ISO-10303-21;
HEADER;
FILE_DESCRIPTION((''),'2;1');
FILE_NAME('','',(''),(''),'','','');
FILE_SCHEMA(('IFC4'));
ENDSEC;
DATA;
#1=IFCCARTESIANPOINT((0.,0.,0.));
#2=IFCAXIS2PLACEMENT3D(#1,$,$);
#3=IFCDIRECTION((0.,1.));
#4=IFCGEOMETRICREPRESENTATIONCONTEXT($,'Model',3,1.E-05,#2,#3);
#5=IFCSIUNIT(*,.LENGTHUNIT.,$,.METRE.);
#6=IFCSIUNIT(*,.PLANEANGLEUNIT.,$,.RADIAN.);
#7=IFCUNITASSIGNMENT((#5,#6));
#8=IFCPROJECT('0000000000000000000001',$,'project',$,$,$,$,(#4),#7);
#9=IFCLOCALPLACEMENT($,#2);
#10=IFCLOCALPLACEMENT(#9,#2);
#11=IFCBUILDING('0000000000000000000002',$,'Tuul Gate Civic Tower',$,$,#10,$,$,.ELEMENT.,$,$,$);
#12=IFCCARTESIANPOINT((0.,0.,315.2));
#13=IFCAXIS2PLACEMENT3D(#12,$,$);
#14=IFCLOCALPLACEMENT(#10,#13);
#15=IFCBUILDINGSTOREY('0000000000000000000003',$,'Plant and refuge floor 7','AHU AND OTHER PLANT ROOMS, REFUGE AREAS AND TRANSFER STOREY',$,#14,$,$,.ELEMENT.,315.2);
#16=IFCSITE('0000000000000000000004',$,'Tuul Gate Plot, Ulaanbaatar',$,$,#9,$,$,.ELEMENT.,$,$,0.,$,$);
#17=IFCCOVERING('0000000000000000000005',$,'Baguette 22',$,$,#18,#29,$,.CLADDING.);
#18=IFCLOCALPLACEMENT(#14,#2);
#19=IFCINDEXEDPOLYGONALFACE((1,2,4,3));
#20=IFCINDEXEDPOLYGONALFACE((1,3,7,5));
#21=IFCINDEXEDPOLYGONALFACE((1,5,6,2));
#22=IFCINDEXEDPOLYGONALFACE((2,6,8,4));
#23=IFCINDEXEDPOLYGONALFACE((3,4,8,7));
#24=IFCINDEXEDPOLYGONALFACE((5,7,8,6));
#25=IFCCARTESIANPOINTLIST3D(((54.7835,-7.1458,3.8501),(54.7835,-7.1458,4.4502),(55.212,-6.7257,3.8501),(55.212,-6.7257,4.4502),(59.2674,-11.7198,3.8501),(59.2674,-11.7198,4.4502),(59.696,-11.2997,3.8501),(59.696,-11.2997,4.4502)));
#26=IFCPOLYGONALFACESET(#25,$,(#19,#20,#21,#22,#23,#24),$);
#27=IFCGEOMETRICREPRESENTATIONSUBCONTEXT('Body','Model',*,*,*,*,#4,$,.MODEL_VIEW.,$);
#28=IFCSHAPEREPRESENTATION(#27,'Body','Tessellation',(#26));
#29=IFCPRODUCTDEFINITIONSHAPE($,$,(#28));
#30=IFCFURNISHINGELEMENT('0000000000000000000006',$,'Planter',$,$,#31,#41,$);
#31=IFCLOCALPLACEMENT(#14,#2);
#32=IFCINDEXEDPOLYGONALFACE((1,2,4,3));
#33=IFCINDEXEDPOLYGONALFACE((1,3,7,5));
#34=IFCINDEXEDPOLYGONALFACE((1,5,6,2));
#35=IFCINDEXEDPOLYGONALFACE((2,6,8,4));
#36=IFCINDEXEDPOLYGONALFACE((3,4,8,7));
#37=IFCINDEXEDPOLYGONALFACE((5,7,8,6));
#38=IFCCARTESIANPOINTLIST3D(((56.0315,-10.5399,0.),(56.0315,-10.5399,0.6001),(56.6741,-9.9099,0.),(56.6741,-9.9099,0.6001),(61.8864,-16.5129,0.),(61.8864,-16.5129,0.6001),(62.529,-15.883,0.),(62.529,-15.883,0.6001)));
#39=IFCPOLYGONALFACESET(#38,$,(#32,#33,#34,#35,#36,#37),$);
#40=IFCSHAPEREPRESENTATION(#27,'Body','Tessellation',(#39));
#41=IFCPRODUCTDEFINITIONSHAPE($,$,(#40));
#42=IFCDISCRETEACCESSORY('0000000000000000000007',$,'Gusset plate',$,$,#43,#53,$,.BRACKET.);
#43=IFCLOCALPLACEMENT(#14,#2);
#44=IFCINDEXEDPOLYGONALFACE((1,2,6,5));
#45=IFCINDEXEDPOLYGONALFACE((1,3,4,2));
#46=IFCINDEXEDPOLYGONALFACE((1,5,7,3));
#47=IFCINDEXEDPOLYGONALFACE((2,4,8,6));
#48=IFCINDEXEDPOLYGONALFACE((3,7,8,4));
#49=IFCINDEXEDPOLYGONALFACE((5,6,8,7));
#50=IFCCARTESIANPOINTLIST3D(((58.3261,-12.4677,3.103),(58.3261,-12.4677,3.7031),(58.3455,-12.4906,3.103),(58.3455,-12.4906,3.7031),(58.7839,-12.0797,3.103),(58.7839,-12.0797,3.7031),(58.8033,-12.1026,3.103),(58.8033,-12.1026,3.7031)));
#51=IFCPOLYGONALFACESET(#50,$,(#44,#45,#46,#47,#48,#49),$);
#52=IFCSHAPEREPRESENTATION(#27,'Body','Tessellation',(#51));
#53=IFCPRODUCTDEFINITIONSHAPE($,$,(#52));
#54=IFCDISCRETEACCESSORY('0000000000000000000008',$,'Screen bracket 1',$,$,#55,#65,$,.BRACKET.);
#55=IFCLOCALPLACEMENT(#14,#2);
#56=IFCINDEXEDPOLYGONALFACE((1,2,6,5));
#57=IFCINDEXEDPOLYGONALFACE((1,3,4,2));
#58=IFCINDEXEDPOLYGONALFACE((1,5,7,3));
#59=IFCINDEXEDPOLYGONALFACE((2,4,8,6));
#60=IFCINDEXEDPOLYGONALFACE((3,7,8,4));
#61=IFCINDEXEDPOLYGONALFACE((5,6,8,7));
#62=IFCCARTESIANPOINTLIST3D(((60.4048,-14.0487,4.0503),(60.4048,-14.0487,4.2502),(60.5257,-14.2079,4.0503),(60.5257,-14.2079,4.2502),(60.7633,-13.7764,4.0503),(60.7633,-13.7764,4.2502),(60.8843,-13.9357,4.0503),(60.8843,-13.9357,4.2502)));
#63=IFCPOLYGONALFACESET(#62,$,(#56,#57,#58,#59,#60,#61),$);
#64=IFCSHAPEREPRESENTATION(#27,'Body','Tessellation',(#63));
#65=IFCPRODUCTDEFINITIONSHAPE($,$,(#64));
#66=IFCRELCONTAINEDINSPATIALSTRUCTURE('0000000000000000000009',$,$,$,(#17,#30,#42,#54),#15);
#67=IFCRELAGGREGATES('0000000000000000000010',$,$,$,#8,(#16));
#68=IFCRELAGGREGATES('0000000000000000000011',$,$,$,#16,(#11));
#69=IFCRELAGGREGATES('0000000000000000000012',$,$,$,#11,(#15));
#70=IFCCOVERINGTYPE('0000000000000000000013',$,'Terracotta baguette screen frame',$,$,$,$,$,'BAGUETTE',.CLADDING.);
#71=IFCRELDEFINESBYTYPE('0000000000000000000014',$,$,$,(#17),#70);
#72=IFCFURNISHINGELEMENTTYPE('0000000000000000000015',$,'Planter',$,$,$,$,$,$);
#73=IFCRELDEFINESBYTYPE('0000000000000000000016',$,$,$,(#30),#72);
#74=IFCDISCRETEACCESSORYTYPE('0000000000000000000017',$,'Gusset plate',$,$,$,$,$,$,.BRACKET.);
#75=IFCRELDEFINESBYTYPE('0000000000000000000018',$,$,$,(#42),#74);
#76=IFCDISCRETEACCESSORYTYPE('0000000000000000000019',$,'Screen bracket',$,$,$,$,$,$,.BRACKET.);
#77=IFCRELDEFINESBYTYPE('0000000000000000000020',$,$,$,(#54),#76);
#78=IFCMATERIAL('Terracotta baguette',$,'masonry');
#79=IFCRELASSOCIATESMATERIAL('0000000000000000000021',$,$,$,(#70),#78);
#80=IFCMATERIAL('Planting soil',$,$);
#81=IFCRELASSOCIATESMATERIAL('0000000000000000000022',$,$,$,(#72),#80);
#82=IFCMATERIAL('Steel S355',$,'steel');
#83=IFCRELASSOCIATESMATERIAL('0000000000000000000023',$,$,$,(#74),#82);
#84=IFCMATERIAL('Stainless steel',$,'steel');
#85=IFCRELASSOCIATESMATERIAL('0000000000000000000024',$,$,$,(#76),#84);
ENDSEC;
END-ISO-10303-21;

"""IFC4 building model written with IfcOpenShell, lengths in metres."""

from ifc_helpers import new_model, si_unit, direction, frame, origin, origin_2d, place, context, subcontext, project, spatial, rectangle, extrude, material, material_profile, profile_set, type_object, element, save


model = new_model("IFC4")

# Units and contexts
model_context = context("Model", 3, precision=1e-05, world=origin(), true_north=direction((0.0, 1.0)))
body_context = subcontext(model_context, "Body", "Model", "MODEL_VIEW")
ifc_project = project(units=[si_unit("LENGTHUNIT", "METRE"), si_unit("PLANEANGLEUNIT", "RADIAN")], contexts=[model_context])

# Site, building, storey
site_placement = place(None, origin())
site = spatial("IfcSite", under=ifc_project, at=site_placement, Name="Tuul Gate Plot, Ulaanbaatar", CompositionType="ELEMENT", RefElevation=0.0)
building_placement = place(site_placement, origin())
building = spatial("IfcBuilding", under=site, at=building_placement, Name="Tuul Gate Civic Tower", CompositionType="ELEMENT")
storey_placement = place(building_placement, frame((0.0, 0.0, 315.2)))
storey = spatial("IfcBuildingStorey", under=building, at=storey_placement, Name="Plant and refuge floor 7", Description="AHU AND OTHER PLANT ROOMS, REFUGE AREAS AND TRANSFER STOREY", CompositionType="ELEMENT", Elevation=315.2)

# Covering
ifc_material_1 = material(Name="Terracotta baguette", Category="masonry")
ifc_material_profile_1 = material_profile(ifc_material_1, rectangle(XDim=0.6001, YDim=0.6001, at=origin_2d()), Name="Terracotta baguette screen frame")
ifc_profile_set_1 = profile_set([ifc_material_profile_1], Name="Terracotta baguette")
covering_type = type_object("IfcCoveringType", Name="Terracotta baguette screen frame", ElementType="BAGUETTE", PredefinedType="CLADDING", material=ifc_profile_set_1)
covering_1_placement = place(storey_placement, frame((59.4817, -11.5098, 4.1501), z_axis=(-0.700039, 0.714104, 0.0), x_axis=(-0.714104, -0.700039, 0.0)))
element("IfcCovering", 1, at=covering_1_placement, inside=storey, type_object=covering_type, Name="Baguette 22", PredefinedType="CLADDING", context=body_context, shape_type="SweptSolid", body=[
    extrude(rectangle(XDim=0.6001, YDim=0.6001, at=origin_2d()), origin(), (0.0, 0.0, 1.0), 6.4053),
])

# Furnishing element
ifc_material_2 = material(Name="Planting soil")
furnishing_element_type = type_object("IfcFurnishingElementType", Name="Planter", material=ifc_material_2)
furnishing_placement = place(storey_placement, frame((59.2803, -13.2114, 0.0), z_axis=(0.0, 0.0, 1.0), x_axis=(-0.700011, 0.714132, 0.0)))
element("IfcFurnishingElement", 2, at=furnishing_placement, inside=storey, type_object=furnishing_element_type, Name="Planter", context=body_context, shape_type="SweptSolid", body=[
    extrude(rectangle(XDim=8.364, YDim=0.8999, at=origin_2d()), origin(), (0.0, 0.0, 1.0), 0.6001),
])

# Discrete accessories
ifc_material_3 = material(Name="Steel S355", Category="steel")
discrete_accessory_type_1 = type_object("IfcDiscreteAccessoryType", Name="Gusset plate", PredefinedType="BRACKET", material=ifc_material_3)
discrete_accessory_1_placement = place(storey_placement, frame((58.5647, -12.2852, 3.103), z_axis=(0.0, 0.0, 1.0), x_axis=(-0.762825, -0.646605, 0.0)))
element("IfcDiscreteAccessory", 3, at=discrete_accessory_1_placement, inside=storey, type_object=discrete_accessory_type_1, Name="Gusset plate", PredefinedType="BRACKET", context=body_context, shape_type="SweptSolid", body=[
    extrude(rectangle(XDim=0.6001, YDim=0.03, at=origin_2d()), origin(), (0.0, 0.0, 1.0), 0.6001),
])
ifc_material_4 = material(Name="Stainless steel", Category="steel")
discrete_accessory_type_2 = type_object("IfcDiscreteAccessoryType", Name="Screen bracket", PredefinedType="BRACKET", material=ifc_material_4)
discrete_accessory_2_placement = place(storey_placement, frame((60.6445, -13.9922, 4.0503), z_axis=(0.0, 0.0, 1.0), x_axis=(0.796383, 0.604792, 0.0)))
element("IfcDiscreteAccessory", 4, at=discrete_accessory_2_placement, inside=storey, type_object=discrete_accessory_type_2, Name="Screen bracket 1", PredefinedType="BRACKET", context=body_context, shape_type="SweptSolid", body=[
    extrude(rectangle(XDim=0.4502, YDim=0.2, at=origin_2d()), origin(), (0.0, 0.0, 1.0), 0.2),
])

save(model, "model.ifc")
